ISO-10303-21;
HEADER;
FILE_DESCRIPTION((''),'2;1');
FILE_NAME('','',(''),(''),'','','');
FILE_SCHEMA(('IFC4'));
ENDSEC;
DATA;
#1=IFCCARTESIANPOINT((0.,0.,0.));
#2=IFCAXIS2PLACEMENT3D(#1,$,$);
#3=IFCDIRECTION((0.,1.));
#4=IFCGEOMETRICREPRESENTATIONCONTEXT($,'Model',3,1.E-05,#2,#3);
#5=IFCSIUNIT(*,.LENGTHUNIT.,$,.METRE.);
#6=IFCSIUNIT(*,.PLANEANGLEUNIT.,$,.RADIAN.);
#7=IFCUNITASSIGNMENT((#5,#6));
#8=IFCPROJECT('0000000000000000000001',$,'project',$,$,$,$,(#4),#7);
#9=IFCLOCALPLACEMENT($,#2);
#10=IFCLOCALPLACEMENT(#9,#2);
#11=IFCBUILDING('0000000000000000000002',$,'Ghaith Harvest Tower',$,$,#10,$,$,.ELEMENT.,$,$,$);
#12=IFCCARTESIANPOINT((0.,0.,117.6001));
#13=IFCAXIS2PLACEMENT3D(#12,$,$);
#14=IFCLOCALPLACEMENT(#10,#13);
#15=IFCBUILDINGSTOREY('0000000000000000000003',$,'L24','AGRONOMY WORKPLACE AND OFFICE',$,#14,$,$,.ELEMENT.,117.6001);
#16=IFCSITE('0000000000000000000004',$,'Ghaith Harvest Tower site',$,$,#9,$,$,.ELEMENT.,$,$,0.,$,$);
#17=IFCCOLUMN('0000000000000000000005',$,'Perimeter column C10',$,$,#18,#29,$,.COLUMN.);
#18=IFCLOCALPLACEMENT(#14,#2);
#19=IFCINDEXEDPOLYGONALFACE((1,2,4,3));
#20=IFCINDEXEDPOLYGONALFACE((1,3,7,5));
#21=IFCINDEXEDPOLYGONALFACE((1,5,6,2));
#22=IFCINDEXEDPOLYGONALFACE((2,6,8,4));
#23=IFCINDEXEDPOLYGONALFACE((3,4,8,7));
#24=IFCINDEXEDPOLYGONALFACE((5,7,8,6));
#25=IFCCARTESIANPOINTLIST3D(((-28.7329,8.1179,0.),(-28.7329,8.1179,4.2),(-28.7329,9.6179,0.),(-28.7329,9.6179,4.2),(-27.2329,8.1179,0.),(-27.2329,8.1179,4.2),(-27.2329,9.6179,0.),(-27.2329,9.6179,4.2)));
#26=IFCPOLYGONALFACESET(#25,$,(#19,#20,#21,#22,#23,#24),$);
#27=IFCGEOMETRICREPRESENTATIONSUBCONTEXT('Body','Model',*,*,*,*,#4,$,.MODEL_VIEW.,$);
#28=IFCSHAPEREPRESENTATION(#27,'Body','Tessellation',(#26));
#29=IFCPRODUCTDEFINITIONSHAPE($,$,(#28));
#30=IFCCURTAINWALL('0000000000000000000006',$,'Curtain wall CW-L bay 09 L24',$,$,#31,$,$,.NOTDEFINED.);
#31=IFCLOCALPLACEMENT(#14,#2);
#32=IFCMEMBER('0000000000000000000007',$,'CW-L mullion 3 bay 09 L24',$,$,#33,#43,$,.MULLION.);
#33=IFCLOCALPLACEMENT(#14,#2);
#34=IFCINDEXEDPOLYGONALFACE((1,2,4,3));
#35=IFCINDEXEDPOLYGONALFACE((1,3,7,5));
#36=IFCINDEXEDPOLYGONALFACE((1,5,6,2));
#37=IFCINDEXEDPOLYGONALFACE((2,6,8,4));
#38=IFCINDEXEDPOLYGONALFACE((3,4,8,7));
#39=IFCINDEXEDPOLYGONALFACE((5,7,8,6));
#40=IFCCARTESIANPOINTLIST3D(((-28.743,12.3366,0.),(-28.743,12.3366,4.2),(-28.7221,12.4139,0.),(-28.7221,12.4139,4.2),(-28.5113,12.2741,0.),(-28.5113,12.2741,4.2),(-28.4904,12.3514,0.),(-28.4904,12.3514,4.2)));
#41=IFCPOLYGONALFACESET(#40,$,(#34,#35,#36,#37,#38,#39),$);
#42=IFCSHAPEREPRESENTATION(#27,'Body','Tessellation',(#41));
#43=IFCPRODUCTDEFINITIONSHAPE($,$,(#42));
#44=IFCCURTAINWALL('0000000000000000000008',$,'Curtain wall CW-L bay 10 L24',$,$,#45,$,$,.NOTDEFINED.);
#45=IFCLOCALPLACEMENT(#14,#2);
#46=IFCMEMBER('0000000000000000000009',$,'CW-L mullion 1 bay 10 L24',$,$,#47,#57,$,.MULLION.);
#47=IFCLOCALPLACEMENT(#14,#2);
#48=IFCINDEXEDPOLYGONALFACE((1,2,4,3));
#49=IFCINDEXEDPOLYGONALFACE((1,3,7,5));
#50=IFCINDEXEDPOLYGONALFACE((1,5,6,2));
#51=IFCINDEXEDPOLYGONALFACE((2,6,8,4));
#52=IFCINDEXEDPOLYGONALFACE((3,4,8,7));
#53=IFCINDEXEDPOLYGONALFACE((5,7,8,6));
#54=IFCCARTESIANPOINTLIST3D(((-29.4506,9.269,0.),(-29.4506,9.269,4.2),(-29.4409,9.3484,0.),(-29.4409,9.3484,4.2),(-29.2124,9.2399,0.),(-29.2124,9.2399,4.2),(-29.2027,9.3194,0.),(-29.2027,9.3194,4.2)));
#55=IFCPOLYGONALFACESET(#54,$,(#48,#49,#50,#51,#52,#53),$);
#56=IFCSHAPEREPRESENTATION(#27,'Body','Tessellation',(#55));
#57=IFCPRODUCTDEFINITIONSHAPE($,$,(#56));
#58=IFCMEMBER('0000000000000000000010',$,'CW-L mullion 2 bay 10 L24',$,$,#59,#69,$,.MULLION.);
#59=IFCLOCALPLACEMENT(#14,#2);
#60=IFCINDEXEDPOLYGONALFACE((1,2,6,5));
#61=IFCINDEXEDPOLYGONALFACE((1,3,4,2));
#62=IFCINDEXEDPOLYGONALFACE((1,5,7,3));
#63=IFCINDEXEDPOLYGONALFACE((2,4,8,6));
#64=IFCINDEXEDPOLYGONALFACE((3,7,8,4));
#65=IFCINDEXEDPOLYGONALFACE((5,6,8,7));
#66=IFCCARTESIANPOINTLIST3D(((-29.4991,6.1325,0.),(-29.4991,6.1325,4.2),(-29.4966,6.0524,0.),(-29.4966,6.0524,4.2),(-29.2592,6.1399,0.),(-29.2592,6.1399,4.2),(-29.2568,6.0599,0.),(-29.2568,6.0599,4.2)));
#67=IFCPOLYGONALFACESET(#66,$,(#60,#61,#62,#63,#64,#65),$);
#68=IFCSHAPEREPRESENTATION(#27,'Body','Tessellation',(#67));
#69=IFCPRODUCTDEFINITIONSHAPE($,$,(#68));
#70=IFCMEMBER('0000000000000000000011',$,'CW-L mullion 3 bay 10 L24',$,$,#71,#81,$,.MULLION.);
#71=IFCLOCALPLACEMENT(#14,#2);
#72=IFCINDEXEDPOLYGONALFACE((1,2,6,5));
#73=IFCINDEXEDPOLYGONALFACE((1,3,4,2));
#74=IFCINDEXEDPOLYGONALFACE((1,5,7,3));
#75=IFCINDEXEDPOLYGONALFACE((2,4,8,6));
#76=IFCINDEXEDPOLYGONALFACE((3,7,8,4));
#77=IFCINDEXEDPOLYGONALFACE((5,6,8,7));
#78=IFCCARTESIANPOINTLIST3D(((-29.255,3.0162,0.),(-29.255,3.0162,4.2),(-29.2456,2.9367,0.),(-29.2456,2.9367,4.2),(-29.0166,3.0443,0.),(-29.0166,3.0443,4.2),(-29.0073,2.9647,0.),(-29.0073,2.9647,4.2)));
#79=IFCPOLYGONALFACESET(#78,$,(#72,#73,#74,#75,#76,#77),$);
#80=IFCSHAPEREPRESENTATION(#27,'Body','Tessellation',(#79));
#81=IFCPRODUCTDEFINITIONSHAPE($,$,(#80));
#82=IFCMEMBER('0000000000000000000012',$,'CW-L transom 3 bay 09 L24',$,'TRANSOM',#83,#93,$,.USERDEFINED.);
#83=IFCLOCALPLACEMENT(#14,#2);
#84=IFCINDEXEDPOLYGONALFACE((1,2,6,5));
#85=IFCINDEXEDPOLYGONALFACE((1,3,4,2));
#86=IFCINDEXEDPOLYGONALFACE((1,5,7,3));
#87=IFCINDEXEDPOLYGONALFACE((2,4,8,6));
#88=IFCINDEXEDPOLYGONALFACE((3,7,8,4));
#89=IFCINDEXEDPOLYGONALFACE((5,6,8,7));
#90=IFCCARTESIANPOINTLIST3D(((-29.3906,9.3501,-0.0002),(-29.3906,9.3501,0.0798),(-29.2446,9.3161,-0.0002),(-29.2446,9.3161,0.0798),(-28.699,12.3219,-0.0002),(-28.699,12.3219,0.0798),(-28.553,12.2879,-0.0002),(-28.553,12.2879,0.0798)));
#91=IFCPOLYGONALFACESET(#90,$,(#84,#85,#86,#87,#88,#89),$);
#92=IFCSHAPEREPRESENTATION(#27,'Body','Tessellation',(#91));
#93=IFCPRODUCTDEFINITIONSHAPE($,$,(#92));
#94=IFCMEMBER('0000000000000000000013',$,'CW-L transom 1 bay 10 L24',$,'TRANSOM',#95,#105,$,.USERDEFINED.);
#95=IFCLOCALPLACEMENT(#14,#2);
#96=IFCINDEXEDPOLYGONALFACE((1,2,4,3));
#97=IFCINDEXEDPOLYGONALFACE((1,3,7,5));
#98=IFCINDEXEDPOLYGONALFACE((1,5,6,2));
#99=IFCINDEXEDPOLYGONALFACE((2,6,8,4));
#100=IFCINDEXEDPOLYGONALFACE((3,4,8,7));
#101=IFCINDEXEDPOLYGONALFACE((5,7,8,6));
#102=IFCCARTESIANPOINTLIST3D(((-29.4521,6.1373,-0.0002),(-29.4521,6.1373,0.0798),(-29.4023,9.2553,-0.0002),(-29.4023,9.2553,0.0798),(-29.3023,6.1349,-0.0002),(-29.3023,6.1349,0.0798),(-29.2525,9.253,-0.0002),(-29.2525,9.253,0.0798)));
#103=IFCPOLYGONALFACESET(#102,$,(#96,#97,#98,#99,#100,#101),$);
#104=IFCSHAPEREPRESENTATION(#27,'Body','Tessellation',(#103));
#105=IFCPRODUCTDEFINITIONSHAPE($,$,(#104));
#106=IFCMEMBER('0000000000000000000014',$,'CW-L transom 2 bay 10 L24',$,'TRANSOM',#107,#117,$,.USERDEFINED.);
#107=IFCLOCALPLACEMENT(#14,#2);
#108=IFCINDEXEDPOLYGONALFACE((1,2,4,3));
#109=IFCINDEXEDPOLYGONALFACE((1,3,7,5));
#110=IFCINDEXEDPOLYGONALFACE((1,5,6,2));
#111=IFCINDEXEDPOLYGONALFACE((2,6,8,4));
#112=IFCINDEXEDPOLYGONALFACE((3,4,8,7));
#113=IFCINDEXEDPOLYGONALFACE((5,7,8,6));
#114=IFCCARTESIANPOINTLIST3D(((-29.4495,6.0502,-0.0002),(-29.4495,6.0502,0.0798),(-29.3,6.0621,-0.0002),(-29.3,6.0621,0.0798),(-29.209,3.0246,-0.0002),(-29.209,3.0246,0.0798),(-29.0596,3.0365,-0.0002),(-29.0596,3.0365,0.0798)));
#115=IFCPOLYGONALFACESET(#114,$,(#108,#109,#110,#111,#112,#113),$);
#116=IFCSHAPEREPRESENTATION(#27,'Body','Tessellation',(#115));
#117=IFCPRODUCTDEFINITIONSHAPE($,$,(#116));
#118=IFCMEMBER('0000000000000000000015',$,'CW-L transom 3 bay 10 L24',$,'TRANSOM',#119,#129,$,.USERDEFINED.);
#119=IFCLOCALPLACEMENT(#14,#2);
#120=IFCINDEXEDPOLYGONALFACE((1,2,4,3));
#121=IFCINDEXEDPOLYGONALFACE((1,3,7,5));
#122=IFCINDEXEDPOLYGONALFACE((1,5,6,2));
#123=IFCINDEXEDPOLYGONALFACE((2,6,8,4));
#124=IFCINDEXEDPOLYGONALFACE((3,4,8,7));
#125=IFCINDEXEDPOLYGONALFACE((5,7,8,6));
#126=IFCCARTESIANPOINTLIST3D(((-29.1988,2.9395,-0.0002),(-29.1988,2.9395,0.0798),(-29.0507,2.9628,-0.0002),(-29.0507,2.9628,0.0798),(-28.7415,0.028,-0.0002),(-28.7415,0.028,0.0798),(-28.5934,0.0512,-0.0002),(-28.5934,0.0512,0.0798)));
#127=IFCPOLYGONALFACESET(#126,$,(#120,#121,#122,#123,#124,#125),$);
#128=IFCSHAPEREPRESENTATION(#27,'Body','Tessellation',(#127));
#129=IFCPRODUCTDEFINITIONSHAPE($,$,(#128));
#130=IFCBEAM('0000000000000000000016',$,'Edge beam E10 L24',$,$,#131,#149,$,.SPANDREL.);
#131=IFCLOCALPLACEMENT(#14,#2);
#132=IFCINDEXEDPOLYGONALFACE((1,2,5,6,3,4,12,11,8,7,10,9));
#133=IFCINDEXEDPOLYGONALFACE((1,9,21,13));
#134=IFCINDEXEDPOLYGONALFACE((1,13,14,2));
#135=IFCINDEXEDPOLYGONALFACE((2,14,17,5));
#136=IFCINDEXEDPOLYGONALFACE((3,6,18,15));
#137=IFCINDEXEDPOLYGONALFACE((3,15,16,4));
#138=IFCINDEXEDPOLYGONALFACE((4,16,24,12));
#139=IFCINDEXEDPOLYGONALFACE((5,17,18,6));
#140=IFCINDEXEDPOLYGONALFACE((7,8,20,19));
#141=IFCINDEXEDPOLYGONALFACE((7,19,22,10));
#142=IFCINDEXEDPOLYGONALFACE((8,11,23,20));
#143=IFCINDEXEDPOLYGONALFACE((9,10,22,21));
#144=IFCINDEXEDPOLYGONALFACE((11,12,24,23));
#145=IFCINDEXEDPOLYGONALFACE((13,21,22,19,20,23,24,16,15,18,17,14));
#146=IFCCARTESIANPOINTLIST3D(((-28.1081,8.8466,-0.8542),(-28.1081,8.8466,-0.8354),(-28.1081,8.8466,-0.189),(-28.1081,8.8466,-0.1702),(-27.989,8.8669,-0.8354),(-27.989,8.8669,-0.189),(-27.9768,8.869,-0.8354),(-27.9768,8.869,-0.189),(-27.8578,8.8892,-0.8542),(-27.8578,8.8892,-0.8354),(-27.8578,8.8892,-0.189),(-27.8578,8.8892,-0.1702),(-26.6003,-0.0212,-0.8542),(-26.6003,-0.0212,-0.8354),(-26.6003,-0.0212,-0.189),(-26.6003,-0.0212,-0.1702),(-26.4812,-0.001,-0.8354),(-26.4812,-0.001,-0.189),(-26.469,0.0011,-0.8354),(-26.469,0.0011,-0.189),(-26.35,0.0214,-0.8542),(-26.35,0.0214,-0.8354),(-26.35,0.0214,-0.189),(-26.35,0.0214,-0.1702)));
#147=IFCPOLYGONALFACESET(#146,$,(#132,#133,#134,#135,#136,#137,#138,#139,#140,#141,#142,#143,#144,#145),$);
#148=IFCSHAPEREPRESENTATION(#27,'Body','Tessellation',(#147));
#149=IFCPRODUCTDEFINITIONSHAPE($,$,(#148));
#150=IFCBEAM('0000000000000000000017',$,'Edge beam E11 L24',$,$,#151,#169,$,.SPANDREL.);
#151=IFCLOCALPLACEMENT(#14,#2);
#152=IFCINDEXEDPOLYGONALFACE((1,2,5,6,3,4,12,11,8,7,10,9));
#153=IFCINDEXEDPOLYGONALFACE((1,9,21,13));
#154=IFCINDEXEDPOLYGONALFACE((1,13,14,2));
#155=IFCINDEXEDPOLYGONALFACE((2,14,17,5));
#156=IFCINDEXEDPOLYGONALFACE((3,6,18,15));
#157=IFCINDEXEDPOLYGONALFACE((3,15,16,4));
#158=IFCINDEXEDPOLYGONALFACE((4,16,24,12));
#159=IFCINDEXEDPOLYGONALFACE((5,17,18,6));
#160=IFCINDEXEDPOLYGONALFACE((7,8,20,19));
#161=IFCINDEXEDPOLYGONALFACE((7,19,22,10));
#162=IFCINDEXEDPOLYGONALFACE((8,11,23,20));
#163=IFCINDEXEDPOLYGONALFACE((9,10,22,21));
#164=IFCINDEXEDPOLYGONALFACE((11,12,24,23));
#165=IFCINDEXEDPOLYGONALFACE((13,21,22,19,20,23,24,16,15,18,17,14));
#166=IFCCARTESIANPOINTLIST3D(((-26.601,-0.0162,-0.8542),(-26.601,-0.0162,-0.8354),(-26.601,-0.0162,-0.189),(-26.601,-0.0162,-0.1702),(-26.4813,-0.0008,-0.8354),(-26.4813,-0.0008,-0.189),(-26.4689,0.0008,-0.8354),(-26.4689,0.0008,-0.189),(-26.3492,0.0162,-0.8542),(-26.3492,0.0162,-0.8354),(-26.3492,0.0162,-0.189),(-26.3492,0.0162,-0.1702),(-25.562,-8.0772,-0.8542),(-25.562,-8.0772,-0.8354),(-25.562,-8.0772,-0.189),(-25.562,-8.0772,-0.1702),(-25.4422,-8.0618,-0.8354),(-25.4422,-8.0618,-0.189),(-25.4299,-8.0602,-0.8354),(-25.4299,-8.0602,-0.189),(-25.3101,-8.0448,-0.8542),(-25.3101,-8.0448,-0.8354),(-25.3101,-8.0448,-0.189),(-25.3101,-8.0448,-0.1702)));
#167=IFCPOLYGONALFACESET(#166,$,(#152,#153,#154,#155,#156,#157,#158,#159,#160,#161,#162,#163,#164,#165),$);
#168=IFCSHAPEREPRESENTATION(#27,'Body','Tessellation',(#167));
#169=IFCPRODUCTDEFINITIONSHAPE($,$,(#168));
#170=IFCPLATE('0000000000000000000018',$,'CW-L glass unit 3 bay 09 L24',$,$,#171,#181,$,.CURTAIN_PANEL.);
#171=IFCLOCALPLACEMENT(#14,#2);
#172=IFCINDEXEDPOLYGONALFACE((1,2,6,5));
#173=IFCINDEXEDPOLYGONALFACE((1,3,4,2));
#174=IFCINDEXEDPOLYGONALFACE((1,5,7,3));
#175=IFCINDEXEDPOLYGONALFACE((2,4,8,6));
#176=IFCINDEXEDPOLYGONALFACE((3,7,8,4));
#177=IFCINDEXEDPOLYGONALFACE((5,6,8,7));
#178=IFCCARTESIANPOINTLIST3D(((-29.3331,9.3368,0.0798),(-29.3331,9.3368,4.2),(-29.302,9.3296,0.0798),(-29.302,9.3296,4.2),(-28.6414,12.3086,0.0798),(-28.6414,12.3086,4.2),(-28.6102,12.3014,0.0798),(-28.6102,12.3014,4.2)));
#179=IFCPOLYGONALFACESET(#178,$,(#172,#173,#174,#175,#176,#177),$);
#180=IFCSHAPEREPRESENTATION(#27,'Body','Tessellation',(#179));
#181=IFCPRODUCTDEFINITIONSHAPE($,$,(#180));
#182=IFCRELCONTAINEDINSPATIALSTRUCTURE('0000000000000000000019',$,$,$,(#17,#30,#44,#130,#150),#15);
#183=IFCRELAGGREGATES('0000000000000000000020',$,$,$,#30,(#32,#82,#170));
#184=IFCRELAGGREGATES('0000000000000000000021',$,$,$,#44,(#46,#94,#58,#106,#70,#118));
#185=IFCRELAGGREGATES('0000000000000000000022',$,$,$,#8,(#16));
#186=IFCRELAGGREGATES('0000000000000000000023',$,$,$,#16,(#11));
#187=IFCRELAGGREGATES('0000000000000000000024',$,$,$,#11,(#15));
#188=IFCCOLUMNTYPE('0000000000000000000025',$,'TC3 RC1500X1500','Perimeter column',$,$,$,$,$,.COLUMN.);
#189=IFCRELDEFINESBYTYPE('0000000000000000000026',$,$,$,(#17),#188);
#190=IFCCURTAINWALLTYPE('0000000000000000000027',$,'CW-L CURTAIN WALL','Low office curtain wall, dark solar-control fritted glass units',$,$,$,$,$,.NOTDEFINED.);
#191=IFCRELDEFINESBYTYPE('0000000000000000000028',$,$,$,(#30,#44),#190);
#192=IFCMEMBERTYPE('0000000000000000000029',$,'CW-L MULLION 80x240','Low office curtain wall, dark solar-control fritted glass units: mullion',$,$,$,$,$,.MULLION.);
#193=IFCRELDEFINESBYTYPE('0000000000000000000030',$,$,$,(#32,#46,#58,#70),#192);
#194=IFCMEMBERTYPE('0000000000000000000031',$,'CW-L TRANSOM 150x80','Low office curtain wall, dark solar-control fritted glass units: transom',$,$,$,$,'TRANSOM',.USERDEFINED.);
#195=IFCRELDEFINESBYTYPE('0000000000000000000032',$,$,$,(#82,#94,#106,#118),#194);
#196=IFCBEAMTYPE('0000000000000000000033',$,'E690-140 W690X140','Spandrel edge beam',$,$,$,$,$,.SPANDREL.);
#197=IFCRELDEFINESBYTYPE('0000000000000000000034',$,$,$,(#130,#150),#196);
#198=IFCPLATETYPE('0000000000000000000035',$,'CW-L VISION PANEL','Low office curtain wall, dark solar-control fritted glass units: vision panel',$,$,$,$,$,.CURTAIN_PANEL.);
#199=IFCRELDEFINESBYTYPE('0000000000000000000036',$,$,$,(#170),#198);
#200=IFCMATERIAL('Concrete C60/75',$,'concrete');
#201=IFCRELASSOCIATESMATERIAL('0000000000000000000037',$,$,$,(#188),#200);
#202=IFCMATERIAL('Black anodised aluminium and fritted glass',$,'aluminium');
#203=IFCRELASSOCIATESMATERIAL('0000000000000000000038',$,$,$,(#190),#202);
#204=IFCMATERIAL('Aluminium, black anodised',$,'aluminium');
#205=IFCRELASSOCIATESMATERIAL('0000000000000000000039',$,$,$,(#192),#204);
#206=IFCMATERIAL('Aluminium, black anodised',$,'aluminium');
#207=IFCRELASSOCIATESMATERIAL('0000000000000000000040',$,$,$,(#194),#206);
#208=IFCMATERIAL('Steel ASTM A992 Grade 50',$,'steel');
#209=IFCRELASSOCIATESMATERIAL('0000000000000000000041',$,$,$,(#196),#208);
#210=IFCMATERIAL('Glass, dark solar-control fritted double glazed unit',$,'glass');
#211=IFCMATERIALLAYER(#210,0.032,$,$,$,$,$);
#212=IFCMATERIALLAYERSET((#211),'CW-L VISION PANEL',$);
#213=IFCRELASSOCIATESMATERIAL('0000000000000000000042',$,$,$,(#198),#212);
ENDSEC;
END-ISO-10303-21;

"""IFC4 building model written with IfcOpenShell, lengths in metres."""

from ifc_helpers import new_model, si_unit, direction, frame, origin, origin_2d, place, context, subcontext, project, spatial, rectangle, i_section, extrude, material, layer, layer_set, material_profile, profile_set, type_object, element, aggregate, save


model = new_model("IFC4")

# Units and contexts
model_context = context("Model", 3, precision=1e-05, world=origin(), true_north=direction((0.0, 1.0)))
body_context = subcontext(model_context, "Body", "Model", "MODEL_VIEW")
ifc_project = project(units=[si_unit("LENGTHUNIT", "METRE"), si_unit("PLANEANGLEUNIT", "RADIAN")], contexts=[model_context])

# Site, building, storey
site_placement = place(None, origin())
site = spatial("IfcSite", under=ifc_project, at=site_placement, Name="Ghaith Harvest Tower site", CompositionType="ELEMENT", RefElevation=0.0)
building_placement = place(site_placement, origin())
building = spatial("IfcBuilding", under=site, at=building_placement, Name="Ghaith Harvest Tower", CompositionType="ELEMENT")
storey_placement = place(building_placement, frame((0.0, 0.0, 117.6001)))
storey = spatial("IfcBuildingStorey", under=building, at=storey_placement, Name="L24", Description="AGRONOMY WORKPLACE AND OFFICE", CompositionType="ELEMENT", Elevation=117.6001)

# Column
ifc_material_1 = material(Name="Concrete C60/75", Category="concrete")
ifc_material_profile_1 = material_profile(ifc_material_1, rectangle(XDim=1.5, YDim=1.5, at=origin_2d()), Name="RC1500X1500")
ifc_profile_set_1 = profile_set([ifc_material_profile_1], Name="Concrete C60/75")
column_type = type_object("IfcColumnType", Name="TC3 RC1500X1500", Description="Perimeter column", PredefinedType="COLUMN", material=ifc_profile_set_1)
column_placement = place(storey_placement, frame((-27.9829, 8.8679, 0.0), z_axis=(0.0, 0.0, 1.0), x_axis=(1.0, 0.0, 0.0)))
element("IfcColumn", 1, at=column_placement, inside=storey, type_object=column_type, Name="Perimeter column C10", PredefinedType="COLUMN", context=body_context, shape_type="SweptSolid", body=[
    extrude(rectangle(XDim=1.5, YDim=1.5, at=origin_2d()), origin(), (0.0, 0.0, 1.0), 4.2),
])

# Curtain wall, member
ifc_material_2 = material(Name="Black anodised aluminium and fritted glass", Category="aluminium")
curtain_wall_type = type_object("IfcCurtainWallType", Name="CW-L CURTAIN WALL", Description="Low office curtain wall, dark solar-control fritted glass units", PredefinedType="NOTDEFINED", material=ifc_material_2)
curtain_wall_1_placement = place(storey_placement, origin())
curtain_wall_1 = element("IfcCurtainWall", 2, at=curtain_wall_1_placement, inside=storey, type_object=curtain_wall_type, Name="Curtain wall CW-L bay 09 L24", PredefinedType="NOTDEFINED")
ifc_material_3 = material(Name="Aluminium, black anodised", Category="aluminium")
ifc_material_profile_2 = material_profile(ifc_material_3, rectangle(XDim=0.0801, YDim=0.24, at=origin_2d()), Name="CW-L MULLION 80x240")
ifc_profile_set_2 = profile_set([ifc_material_profile_2], Name="Aluminium, black anodised")
member_type_1 = type_object("IfcMemberType", Name="CW-L MULLION 80x240", Description="Low office curtain wall, dark solar-control fritted glass units: mullion", PredefinedType="MULLION", material=ifc_profile_set_2)
member_1_placement = place(storey_placement, frame((-28.6167, 12.344, 0.0), z_axis=(0.0, 0.0, 1.0), x_axis=(-0.260727, -0.965412, 0.0)))
member_1 = element("IfcMember", 3, at=member_1_placement, type_object=member_type_1, Name="CW-L mullion 3 bay 09 L24", PredefinedType="MULLION", context=body_context, shape_type="SweptSolid", body=[
    extrude(rectangle(XDim=0.0801, YDim=0.24, at=origin_2d()), origin(), (0.0, 0.0, 1.0), 4.2),
])

# Curtain wall, members
curtain_wall_2_placement = place(storey_placement, origin())
curtain_wall_2 = element("IfcCurtainWall", 4, at=curtain_wall_2_placement, inside=storey, type_object=curtain_wall_type, Name="Curtain wall CW-L bay 10 L24", PredefinedType="NOTDEFINED")
member_2_placement = place(storey_placement, frame((-29.3267, 9.2942, 0.0), z_axis=(0.0, 0.0, 1.0), x_axis=(-0.120932, -0.992661, 0.0)))
member_2 = element("IfcMember", 5, at=member_2_placement, type_object=member_type_1, Name="CW-L mullion 1 bay 10 L24", PredefinedType="MULLION", context=body_context, shape_type="SweptSolid", body=[
    extrude(rectangle(XDim=0.0801, YDim=0.24, at=origin_2d()), origin(), (0.0, 0.0, 1.0), 4.2),
])
member_3_placement = place(storey_placement, frame((-29.3779, 6.0962, 0.0), z_axis=(0.0, 0.0, 1.0), x_axis=(0.031028, -0.999519, 0.0)))
member_3 = element("IfcMember", 6, at=member_3_placement, type_object=member_type_1, Name="CW-L mullion 2 bay 10 L24", PredefinedType="MULLION", context=body_context, shape_type="SweptSolid", body=[
    extrude(rectangle(XDim=0.0801, YDim=0.24, at=origin_2d()), origin(), (0.0, 0.0, 1.0), 4.2),
])
member_4_placement = place(storey_placement, frame((-29.1311, 2.9905, 0.0), z_axis=(0.0, 0.0, 1.0), x_axis=(0.116764, -0.99316, 0.0)))
member_4 = element("IfcMember", 7, at=member_4_placement, type_object=member_type_1, Name="CW-L mullion 3 bay 10 L24", PredefinedType="MULLION", context=body_context, shape_type="SweptSolid", body=[
    extrude(rectangle(XDim=0.0801, YDim=0.24, at=origin_2d()), origin(), (0.0, 0.0, 1.0), 4.2),
])

# Members
ifc_material_4 = material(Name="Aluminium, black anodised", Category="aluminium")
ifc_material_profile_3 = material_profile(ifc_material_4, rectangle(XDim=0.1499, YDim=0.0801, at=origin_2d()), Name="CW-L TRANSOM 150x80")
ifc_profile_set_3 = profile_set([ifc_material_profile_3], Name="Aluminium, black anodised")
member_type_2 = type_object("IfcMemberType", Name="CW-L TRANSOM 150x80", Description="Low office curtain wall, dark solar-control fritted glass units: transom", ElementType="TRANSOM", PredefinedType="USERDEFINED", material=ifc_profile_set_3)
member_5_placement = place(storey_placement, frame((-28.626, 12.3049, 0.0398), z_axis=(-0.226671, -0.973971, 0.0), x_axis=(0.973971, -0.226671, 0.0)))
member_5 = element("IfcMember", 8, at=member_5_placement, type_object=member_type_2, Name="CW-L transom 3 bay 09 L24", ObjectType="TRANSOM", PredefinedType="USERDEFINED", context=body_context, shape_type="SweptSolid", body=[
    extrude(rectangle(XDim=0.1499, YDim=0.0801, at=origin_2d()), origin(), (0.0, 0.0, 1.0), 3.0513),
])
member_6_placement = place(storey_placement, frame((-29.3274, 9.2542, 0.0398), z_axis=(-0.015972, -0.999872, 0.0), x_axis=(0.999872, -0.015972, 0.0)))
member_6 = element("IfcMember", 9, at=member_6_placement, type_object=member_type_2, Name="CW-L transom 1 bay 10 L24", ObjectType="TRANSOM", PredefinedType="USERDEFINED", context=body_context, shape_type="SweptSolid", body=[
    extrude(rectangle(XDim=0.1499, YDim=0.0801, at=origin_2d()), origin(), (0.0, 0.0, 1.0), 3.1184),
])
member_7_placement = place(storey_placement, frame((-29.3748, 6.0562, 0.0398), z_axis=(0.07923, -0.996856, 0.0), x_axis=(0.996856, 0.07923, 0.0)))
member_7 = element("IfcMember", 10, at=member_7_placement, type_object=member_type_2, Name="CW-L transom 2 bay 10 L24", ObjectType="TRANSOM", PredefinedType="USERDEFINED", context=body_context, shape_type="SweptSolid", body=[
    extrude(rectangle(XDim=0.1499, YDim=0.0801, at=origin_2d()), origin(), (0.0, 0.0, 1.0), 3.0352),
])
member_8_placement = place(storey_placement, frame((-29.1248, 2.9512, 0.0398), z_axis=(0.15515, -0.987891, 0.0), x_axis=(0.987891, 0.15515, 0.0)))
member_8 = element("IfcMember", 11, at=member_8_placement, type_object=member_type_2, Name="CW-L transom 3 bay 10 L24", ObjectType="TRANSOM", PredefinedType="USERDEFINED", context=body_context, shape_type="SweptSolid", body=[
    extrude(rectangle(XDim=0.1499, YDim=0.0801, at=origin_2d()), origin(), (0.0, 0.0, 1.0), 2.9473),
])

# Beams
ifc_material_5 = material(Name="Steel ASTM A992 Grade 50", Category="steel")
ifc_material_profile_4 = material_profile(ifc_material_5, i_section(OverallWidth=0.2539, OverallDepth=0.6841, WebThickness=0.0125, FlangeThickness=0.0188, at=origin_2d()), Name="W690X140")
ifc_profile_set_4 = profile_set([ifc_material_profile_4], Name="Steel ASTM A992 Grade 50")
beam_type = type_object("IfcBeamType", Name="E690-140 W690X140", Description="Spandrel edge beam", PredefinedType="SPANDREL", material=ifc_profile_set_4)
beam_1_placement = place(storey_placement, frame((-27.9829, 8.8679, -0.5122), z_axis=(0.167624, -0.985851, 0.0), x_axis=(0.985851, 0.167624, 0.0)))
element("IfcBeam", 12, at=beam_1_placement, inside=storey, type_object=beam_type, Name="Edge beam E10 L24", PredefinedType="SPANDREL", context=body_context, shape_type="SweptSolid", body=[
    extrude(i_section(OverallWidth=0.2539, OverallDepth=0.6841, WebThickness=0.0125, FlangeThickness=0.0188, at=origin_2d()), origin(), (0.0, 0.0, 1.0), 8.9951),
])
beam_2_placement = place(storey_placement, frame((-26.4751, 0.0, -0.5122), z_axis=(0.127842, -0.991795, 0.0), x_axis=(0.991795, 0.127842, 0.0)))
element("IfcBeam", 13, at=beam_2_placement, inside=storey, type_object=beam_type, Name="Edge beam E11 L24", PredefinedType="SPANDREL", context=body_context, shape_type="SweptSolid", body=[
    extrude(i_section(OverallWidth=0.2539, OverallDepth=0.6841, WebThickness=0.0125, FlangeThickness=0.0188, at=origin_2d()), origin(), (0.0, 0.0, 1.0), 8.1277),
])

# Plate
ifc_material_6 = material(Name="Glass, dark solar-control fritted double glazed unit", Category="glass")
ifc_layer_1 = layer(ifc_material_6, 0.032)
ifc_layer_set_1 = layer_set([ifc_layer_1], Name="CW-L VISION PANEL")
plate_type_1 = type_object("IfcPlateType", Name="CW-L VISION PANEL", Description="Low office curtain wall, dark solar-control fritted glass units: vision panel", PredefinedType="CURTAIN_PANEL", material=ifc_layer_set_1)
plate_1_placement = place(storey_placement, frame((-28.9717, 10.8191, 0.0798), z_axis=(0.0, 0.0, 1.0), x_axis=(-0.226699, -0.973965, 0.0)))
plate_1 = element("IfcPlate", 14, at=plate_1_placement, type_object=plate_type_1, Name="CW-L glass unit 3 bay 09 L24", PredefinedType="CURTAIN_PANEL", context=body_context, shape_type="SweptSolid", body=[
    extrude(rectangle(XDim=3.0513, YDim=0.032, at=origin_2d()), origin(), (0.0, 0.0, 1.0), 4.1201),
])
aggregate(curtain_wall_1, [member_1, member_5, plate_1])
aggregate(curtain_wall_2, [member_2, member_6, member_3, member_7, member_4, member_8])

save(model, "model.ifc")
